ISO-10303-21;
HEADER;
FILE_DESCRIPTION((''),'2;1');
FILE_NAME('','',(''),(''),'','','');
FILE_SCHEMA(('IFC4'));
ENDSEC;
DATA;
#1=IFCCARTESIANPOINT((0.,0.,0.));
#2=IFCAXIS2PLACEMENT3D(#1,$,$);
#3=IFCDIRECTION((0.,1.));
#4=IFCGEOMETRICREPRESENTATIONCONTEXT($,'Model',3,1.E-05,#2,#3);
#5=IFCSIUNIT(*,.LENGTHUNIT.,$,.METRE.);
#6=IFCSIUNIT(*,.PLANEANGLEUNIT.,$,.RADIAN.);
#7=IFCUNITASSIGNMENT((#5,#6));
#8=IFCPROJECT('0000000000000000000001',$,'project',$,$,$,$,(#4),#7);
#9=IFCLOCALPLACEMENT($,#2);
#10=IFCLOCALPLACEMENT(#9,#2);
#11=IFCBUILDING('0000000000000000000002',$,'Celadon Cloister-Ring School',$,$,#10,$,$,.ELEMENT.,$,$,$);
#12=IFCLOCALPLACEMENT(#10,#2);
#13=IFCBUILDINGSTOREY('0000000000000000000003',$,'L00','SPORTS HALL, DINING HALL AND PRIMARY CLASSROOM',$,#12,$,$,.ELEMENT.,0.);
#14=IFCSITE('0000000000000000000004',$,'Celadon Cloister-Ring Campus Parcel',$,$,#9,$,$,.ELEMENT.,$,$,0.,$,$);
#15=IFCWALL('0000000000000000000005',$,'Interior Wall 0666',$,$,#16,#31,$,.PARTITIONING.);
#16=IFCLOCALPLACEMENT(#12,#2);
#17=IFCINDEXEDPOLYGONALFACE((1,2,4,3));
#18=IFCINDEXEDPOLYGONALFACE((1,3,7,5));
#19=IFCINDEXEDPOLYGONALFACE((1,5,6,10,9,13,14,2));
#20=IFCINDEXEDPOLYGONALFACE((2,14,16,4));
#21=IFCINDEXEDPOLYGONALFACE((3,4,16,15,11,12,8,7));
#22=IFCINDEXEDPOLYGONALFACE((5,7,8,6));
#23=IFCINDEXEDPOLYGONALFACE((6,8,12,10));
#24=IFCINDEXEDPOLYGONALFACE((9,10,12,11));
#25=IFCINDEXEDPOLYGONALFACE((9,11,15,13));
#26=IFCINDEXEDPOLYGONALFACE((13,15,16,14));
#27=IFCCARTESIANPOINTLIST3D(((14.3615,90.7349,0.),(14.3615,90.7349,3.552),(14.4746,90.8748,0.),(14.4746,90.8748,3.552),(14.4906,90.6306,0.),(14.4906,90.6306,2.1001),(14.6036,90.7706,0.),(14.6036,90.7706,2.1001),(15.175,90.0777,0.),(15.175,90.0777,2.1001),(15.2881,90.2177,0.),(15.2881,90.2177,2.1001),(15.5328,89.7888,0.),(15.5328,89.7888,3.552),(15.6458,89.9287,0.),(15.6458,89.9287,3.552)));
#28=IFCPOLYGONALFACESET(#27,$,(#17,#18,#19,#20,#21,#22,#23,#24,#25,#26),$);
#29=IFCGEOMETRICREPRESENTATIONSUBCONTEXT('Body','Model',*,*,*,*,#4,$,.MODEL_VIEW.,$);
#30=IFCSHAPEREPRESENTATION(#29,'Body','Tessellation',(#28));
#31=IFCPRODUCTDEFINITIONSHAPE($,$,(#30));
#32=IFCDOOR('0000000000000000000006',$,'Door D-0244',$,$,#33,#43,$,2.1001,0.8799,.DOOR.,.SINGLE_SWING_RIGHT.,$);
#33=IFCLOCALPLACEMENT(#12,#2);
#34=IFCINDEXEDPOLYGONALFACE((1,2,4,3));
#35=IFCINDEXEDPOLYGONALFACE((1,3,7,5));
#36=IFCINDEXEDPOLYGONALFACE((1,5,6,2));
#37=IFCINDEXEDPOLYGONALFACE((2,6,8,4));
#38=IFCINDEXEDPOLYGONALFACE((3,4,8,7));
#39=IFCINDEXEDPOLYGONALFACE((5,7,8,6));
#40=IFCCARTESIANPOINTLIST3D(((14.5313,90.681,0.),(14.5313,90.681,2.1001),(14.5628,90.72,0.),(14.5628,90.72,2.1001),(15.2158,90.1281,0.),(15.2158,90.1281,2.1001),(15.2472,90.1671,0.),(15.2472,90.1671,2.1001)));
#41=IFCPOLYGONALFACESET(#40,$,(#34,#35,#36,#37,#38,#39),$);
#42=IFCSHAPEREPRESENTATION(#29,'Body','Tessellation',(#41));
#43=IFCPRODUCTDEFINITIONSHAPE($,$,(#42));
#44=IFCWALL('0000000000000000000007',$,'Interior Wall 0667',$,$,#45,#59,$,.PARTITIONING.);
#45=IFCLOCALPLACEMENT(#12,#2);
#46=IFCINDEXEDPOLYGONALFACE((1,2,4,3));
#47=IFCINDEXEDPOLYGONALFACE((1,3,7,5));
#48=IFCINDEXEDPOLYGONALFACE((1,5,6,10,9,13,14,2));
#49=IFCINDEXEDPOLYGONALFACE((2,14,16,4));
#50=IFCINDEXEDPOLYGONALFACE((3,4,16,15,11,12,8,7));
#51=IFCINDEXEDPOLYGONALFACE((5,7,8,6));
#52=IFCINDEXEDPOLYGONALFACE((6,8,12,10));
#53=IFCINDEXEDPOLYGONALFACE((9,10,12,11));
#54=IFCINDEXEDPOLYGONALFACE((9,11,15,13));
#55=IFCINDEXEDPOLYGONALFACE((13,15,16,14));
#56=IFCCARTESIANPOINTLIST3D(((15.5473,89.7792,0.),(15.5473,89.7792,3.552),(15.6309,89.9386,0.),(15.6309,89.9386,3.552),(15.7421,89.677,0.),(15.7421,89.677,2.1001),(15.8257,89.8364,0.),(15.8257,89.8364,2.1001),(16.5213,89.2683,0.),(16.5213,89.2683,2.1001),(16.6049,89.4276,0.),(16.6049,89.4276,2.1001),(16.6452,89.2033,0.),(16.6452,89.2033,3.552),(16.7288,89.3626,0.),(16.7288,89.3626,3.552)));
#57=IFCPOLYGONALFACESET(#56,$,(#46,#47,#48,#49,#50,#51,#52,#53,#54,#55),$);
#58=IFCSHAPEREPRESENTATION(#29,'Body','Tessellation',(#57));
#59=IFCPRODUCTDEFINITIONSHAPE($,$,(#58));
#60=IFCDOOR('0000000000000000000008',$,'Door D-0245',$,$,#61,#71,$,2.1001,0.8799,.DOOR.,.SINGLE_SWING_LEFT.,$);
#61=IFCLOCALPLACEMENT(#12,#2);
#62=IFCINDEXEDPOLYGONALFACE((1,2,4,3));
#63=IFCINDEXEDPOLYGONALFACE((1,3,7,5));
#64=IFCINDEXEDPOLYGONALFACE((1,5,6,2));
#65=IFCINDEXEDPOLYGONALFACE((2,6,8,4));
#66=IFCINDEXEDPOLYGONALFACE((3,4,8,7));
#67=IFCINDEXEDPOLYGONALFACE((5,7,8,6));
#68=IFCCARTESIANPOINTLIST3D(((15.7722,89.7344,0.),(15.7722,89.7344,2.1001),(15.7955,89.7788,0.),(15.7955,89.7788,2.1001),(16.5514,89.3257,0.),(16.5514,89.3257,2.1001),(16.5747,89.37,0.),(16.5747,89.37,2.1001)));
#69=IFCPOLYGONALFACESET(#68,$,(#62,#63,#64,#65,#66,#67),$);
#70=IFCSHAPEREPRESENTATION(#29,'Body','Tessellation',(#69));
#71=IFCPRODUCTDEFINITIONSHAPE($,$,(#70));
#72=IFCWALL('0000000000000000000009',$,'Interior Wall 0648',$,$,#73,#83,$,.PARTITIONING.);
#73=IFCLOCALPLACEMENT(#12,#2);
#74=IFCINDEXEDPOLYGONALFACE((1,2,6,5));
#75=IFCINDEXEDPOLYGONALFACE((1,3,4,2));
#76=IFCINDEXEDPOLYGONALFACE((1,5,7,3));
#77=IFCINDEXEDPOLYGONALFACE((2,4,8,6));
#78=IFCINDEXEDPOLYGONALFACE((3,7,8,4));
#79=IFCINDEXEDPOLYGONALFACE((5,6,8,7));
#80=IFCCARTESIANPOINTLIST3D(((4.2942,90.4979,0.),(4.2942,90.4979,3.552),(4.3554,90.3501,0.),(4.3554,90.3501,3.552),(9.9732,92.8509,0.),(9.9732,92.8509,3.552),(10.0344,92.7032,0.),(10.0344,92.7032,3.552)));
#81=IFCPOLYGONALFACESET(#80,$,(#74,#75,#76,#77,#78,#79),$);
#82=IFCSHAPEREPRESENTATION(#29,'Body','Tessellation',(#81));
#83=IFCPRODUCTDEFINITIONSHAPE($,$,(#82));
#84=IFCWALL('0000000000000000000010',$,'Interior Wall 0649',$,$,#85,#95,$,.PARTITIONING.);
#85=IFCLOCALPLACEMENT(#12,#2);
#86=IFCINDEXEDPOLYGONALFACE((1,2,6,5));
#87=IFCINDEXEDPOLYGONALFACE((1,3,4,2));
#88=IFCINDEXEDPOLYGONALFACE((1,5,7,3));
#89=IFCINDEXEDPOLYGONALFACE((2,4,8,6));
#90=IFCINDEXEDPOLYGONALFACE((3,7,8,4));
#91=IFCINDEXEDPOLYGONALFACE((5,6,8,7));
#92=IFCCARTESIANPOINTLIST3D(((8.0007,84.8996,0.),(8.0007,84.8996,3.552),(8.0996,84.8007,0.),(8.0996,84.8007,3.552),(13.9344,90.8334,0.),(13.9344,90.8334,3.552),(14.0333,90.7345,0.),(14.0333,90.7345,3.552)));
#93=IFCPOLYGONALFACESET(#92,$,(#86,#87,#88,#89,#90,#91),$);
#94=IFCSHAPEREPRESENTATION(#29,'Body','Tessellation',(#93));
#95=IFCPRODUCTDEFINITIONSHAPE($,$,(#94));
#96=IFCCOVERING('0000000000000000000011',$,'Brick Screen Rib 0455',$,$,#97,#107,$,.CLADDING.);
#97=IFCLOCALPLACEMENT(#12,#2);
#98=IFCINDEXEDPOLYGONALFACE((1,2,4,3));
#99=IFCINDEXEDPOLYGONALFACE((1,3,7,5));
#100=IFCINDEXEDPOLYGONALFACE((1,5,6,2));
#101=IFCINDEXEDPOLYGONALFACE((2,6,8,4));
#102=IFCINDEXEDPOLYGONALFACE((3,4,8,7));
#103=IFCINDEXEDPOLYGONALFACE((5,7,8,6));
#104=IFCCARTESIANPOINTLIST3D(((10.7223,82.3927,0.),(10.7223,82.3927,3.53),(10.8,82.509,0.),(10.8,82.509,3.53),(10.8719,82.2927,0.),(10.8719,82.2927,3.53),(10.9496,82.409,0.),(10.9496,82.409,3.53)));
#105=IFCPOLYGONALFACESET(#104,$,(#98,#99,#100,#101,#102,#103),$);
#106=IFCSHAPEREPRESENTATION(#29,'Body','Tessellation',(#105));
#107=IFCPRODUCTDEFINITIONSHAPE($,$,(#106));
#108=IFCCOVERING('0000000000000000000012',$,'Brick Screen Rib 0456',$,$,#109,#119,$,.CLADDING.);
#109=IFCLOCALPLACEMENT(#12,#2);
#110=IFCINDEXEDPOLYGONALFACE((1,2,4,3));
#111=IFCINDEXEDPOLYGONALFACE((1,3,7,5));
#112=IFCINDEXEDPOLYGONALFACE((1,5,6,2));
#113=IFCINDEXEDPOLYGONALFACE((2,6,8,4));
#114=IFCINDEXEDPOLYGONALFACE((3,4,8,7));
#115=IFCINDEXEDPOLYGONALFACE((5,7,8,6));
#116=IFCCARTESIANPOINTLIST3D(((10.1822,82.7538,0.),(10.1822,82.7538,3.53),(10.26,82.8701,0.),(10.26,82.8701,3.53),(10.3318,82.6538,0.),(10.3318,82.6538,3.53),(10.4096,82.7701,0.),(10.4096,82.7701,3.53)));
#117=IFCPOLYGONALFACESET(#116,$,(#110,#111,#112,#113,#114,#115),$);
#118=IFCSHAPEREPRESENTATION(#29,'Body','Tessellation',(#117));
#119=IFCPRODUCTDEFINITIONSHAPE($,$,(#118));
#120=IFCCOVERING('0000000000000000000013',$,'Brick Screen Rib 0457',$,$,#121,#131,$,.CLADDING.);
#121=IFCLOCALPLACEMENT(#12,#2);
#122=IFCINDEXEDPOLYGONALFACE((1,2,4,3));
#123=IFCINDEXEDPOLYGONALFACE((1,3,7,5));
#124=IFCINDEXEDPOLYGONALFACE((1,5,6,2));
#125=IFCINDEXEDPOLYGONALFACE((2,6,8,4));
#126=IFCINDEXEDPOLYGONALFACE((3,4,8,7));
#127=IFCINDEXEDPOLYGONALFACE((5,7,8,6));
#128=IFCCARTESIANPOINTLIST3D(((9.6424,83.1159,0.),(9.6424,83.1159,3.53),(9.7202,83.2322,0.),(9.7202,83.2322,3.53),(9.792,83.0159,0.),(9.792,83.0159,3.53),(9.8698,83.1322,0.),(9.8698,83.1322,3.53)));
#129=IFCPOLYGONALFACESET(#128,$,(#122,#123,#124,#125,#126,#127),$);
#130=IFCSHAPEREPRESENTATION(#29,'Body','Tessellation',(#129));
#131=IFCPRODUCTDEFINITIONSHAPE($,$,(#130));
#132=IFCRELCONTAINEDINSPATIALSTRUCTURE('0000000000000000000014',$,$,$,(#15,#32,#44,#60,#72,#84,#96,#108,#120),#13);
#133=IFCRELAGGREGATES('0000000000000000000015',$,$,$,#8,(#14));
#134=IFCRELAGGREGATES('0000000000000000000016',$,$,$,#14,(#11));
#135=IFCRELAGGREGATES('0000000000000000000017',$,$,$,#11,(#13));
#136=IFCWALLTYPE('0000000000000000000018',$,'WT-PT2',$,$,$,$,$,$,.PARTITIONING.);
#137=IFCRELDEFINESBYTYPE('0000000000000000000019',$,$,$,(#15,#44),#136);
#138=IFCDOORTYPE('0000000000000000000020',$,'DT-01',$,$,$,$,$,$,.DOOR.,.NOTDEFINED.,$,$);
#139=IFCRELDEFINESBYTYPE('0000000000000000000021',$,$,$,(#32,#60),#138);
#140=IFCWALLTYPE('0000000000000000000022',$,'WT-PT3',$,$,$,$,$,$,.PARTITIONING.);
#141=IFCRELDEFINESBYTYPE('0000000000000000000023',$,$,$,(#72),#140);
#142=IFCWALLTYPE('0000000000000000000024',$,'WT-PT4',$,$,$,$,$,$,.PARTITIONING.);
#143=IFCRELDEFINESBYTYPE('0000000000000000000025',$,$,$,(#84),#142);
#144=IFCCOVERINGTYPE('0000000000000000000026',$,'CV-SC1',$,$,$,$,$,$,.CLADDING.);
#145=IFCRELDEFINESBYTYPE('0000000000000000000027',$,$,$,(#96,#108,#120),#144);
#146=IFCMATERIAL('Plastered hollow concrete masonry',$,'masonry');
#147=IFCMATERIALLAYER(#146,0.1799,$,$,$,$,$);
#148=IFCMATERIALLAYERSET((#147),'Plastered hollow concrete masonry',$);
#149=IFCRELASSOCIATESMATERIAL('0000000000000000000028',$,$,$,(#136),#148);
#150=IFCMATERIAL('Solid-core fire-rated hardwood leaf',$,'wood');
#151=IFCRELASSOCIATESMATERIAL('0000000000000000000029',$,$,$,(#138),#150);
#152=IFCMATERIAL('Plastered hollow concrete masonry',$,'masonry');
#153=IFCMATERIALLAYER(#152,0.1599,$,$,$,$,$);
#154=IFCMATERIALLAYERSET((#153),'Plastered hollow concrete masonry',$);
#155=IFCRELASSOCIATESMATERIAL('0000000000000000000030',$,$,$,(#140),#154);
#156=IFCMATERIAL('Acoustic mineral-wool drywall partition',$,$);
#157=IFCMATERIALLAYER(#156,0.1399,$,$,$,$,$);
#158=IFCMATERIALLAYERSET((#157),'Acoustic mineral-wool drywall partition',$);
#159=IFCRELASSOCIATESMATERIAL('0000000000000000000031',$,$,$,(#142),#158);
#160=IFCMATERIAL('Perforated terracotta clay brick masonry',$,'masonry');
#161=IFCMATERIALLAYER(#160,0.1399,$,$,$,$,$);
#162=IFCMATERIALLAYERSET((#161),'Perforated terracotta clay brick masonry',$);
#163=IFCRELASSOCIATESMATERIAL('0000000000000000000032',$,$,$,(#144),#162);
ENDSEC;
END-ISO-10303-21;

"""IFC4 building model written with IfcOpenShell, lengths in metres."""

from ifc_helpers import new_model, si_unit, direction, frame, frame_2d, origin, origin_2d, place, context, subcontext, project, spatial, rectangle, extrude, material, layer, layer_set, type_object, element, fill, save


model = new_model("IFC4")

# Units and contexts
model_context = context("Model", 3, precision=1e-05, world=origin(), true_north=direction((0.0, 1.0)))
body_context = subcontext(model_context, "Body", "Model", "MODEL_VIEW")
ifc_project = project(units=[si_unit("LENGTHUNIT", "METRE"), si_unit("PLANEANGLEUNIT", "RADIAN")], contexts=[model_context])

# Site, building, storey
site_placement = place(None, origin())
site = spatial("IfcSite", under=ifc_project, at=site_placement, Name="Celadon Cloister-Ring Campus Parcel", CompositionType="ELEMENT", RefElevation=0.0)
building_placement = place(site_placement, origin())
building = spatial("IfcBuilding", under=site, at=building_placement, Name="Celadon Cloister-Ring School", CompositionType="ELEMENT")
storey_placement = place(building_placement, origin())
storey = spatial("IfcBuildingStorey", under=building, at=storey_placement, Name="L00", Description="SPORTS HALL, DINING HALL AND PRIMARY CLASSROOM", CompositionType="ELEMENT", Elevation=0.0)

# Shared definitions
ifc_material_1 = material(Name="Plastered hollow concrete masonry", Category="masonry")
ifc_layer_1 = layer(ifc_material_1, 0.1799)
ifc_layer_set_1 = layer_set([ifc_layer_1], Name="Plastered hollow concrete masonry")
wall_type_1 = type_object("IfcWallType", Name="WT-PT2", PredefinedType="PARTITIONING", material=ifc_layer_set_1)

# Walls, openings, doors
wall_1_placement = place(storey_placement, frame((14.418, 90.8049, 0.0), z_axis=(0.0, 0.0, 1.0), x_axis=(0.777902, -0.628386, 0.0)))
wall_1 = element("IfcWall", 1, at=wall_1_placement, inside=storey, type_object=wall_type_1, Name="Interior Wall 0666", PredefinedType="PARTITIONING", context=body_context, shape_type="SweptSolid", body=[
    extrude(rectangle(XDim=1.5056, YDim=0.1799, at=frame_2d((0.7529, 0.0))), origin(), (0.0, 0.0, 1.0), 3.552),
])
opening_1_placement = place(wall_1_placement, frame((0.166, 0.0, 0.0)))
opening_1 = element("IfcOpeningElement", 2, at=opening_1_placement, cuts=wall_1, PredefinedType="OPENING", context=body_context, shape_type="SweptSolid", body=[
    extrude(rectangle(XDim=0.8799, YDim=2.1001, at=frame_2d((0.4399, 1.05))), frame((0.0, 0.1001, 0.0), z_axis=(0.0, -1.0, 0.0), x_axis=(1.0, 0.0, 0.0)), (0.0, 0.0, 1.0), 0.2),
])
ifc_material_2 = material(Name="Solid-core fire-rated hardwood leaf", Category="wood")
door_type = type_object("IfcDoorType", Name="DT-01", OperationType="NOTDEFINED", PredefinedType="DOOR", material=ifc_material_2)
door_1_placement = place(opening_1_placement, origin())
door_1 = element("IfcDoor", 3, at=door_1_placement, inside=storey, type_object=door_type, Name="Door D-0244", OperationType="SINGLE_SWING_RIGHT", OverallHeight=2.1001, OverallWidth=0.8799, PredefinedType="DOOR", context=body_context, shape_type="SweptSolid", body=[
    extrude(rectangle(XDim=0.8799, YDim=2.1001, at=frame_2d((0.4399, 1.05))), frame((0.0, 0.0249, 0.0), z_axis=(0.0, -1.0, 0.0), x_axis=(1.0, 0.0, 0.0)), (0.0, 0.0, 1.0), 0.05),
])
fill(opening_1, door_1)
wall_2_placement = place(storey_placement, frame((15.5891, 89.8589, 0.0), z_axis=(0.0, 0.0, 1.0), x_axis=(0.885554, -0.464537, 0.0)))
wall_2 = element("IfcWall", 4, at=wall_2_placement, inside=storey, type_object=wall_type_1, Name="Interior Wall 0667", PredefinedType="PARTITIONING", context=body_context, shape_type="SweptSolid", body=[
    extrude(rectangle(XDim=1.2397, YDim=0.1799, at=frame_2d((0.6199, 0.0))), origin(), (0.0, 0.0, 1.0), 3.552),
])
opening_2_placement = place(wall_2_placement, frame((0.22, 0.0, 0.0)))
opening_2 = element("IfcOpeningElement", 5, at=opening_2_placement, cuts=wall_2, PredefinedType="OPENING", context=body_context, shape_type="SweptSolid", body=[
    extrude(rectangle(XDim=0.8799, YDim=2.1001, at=frame_2d((0.4399, 1.05))), frame((0.0, 0.1001, 0.0), z_axis=(0.0, -1.0, 0.0), x_axis=(1.0, 0.0, 0.0)), (0.0, 0.0, 1.0), 0.2),
])
door_2_placement = place(opening_2_placement, origin())
door_2 = element("IfcDoor", 6, at=door_2_placement, inside=storey, type_object=door_type, Name="Door D-0245", OperationType="SINGLE_SWING_LEFT", OverallHeight=2.1001, OverallWidth=0.8799, PredefinedType="DOOR", context=body_context, shape_type="SweptSolid", body=[
    extrude(rectangle(XDim=0.8799, YDim=2.1001, at=frame_2d((0.4399, 1.05))), frame((0.0, 0.0249, 0.0), z_axis=(0.0, -1.0, 0.0), x_axis=(1.0, 0.0, 0.0)), (0.0, 0.0, 1.0), 0.05),
])
fill(opening_2, door_2)

# Walls
ifc_material_3 = material(Name="Plastered hollow concrete masonry", Category="masonry")
ifc_layer_2 = layer(ifc_material_3, 0.1599)
ifc_layer_set_2 = layer_set([ifc_layer_2], Name="Plastered hollow concrete masonry")
wall_type_2 = type_object("IfcWallType", Name="WT-PT3", PredefinedType="PARTITIONING", material=ifc_layer_set_2)
wall_3_placement = place(storey_placement, frame((10.0039, 92.7771, 0.0), z_axis=(0.0, 0.0, 1.0), x_axis=(-0.923838, -0.382784, 0.0)))
element("IfcWall", 7, at=wall_3_placement, inside=storey, type_object=wall_type_2, Name="Interior Wall 0648", PredefinedType="PARTITIONING", context=body_context, shape_type="SweptSolid", body=[
    extrude(rectangle(XDim=6.1472, YDim=0.1599, at=frame_2d((3.0737, 0.0))), origin(), (0.0, 0.0, 1.0), 3.552),
])
ifc_material_4 = material(Name="Acoustic mineral-wool drywall partition")
ifc_layer_3 = layer(ifc_material_4, 0.1399)
ifc_layer_set_3 = layer_set([ifc_layer_3], Name="Acoustic mineral-wool drywall partition")
wall_type_3 = type_object("IfcWallType", Name="WT-PT4", PredefinedType="PARTITIONING", material=ifc_layer_set_3)
wall_4_placement = place(storey_placement, frame((13.9839, 90.7839, 0.0), z_axis=(0.0, 0.0, 1.0), x_axis=(-0.707107, -0.707107, 0.0)))
element("IfcWall", 8, at=wall_4_placement, inside=storey, type_object=wall_type_3, Name="Interior Wall 0649", PredefinedType="PARTITIONING", context=body_context, shape_type="SweptSolid", body=[
    extrude(rectangle(XDim=8.3916, YDim=0.1399, at=frame_2d((4.1958, 0.0))), origin(), (0.0, 0.0, 1.0), 3.552),
])

# Coverings
ifc_material_5 = material(Name="Perforated terracotta clay brick masonry", Category="masonry")
ifc_layer_4 = layer(ifc_material_5, 0.1399)
ifc_layer_set_4 = layer_set([ifc_layer_4], Name="Perforated terracotta clay brick masonry")
covering_type = type_object("IfcCoveringType", Name="CV-SC1", PredefinedType="CLADDING", material=ifc_layer_set_4)
for number, where, z_axis, x_axis, name in (
    (9, (10.8359, 82.4009, 0.0), (0.0, 0.0, 1.0), (-0.831392, 0.555686, 0.0), "Brick Screen Rib 0455"),
    (10, (10.2959, 82.762, 0.0), (0.0, 0.0, 1.0), (-0.831392, 0.555686, 0.0), "Brick Screen Rib 0456"),
    (11, (9.7561, 83.124, 0.0), (0.0, 0.0, 1.0), (-0.831392, 0.555686, 0.0), "Brick Screen Rib 0457"),
):
    element("IfcCovering", number, at=place(storey_placement, frame(where, z_axis=z_axis, x_axis=x_axis)), inside=storey, type_object=covering_type, Name=name, PredefinedType="CLADDING", context=body_context, shape_type="SweptSolid", body=[
        extrude(rectangle(XDim=0.1799, YDim=0.1399, at=origin_2d()), origin(), (0.0, 0.0, 1.0), 3.53),
    ])

save(model, "model.ifc")
